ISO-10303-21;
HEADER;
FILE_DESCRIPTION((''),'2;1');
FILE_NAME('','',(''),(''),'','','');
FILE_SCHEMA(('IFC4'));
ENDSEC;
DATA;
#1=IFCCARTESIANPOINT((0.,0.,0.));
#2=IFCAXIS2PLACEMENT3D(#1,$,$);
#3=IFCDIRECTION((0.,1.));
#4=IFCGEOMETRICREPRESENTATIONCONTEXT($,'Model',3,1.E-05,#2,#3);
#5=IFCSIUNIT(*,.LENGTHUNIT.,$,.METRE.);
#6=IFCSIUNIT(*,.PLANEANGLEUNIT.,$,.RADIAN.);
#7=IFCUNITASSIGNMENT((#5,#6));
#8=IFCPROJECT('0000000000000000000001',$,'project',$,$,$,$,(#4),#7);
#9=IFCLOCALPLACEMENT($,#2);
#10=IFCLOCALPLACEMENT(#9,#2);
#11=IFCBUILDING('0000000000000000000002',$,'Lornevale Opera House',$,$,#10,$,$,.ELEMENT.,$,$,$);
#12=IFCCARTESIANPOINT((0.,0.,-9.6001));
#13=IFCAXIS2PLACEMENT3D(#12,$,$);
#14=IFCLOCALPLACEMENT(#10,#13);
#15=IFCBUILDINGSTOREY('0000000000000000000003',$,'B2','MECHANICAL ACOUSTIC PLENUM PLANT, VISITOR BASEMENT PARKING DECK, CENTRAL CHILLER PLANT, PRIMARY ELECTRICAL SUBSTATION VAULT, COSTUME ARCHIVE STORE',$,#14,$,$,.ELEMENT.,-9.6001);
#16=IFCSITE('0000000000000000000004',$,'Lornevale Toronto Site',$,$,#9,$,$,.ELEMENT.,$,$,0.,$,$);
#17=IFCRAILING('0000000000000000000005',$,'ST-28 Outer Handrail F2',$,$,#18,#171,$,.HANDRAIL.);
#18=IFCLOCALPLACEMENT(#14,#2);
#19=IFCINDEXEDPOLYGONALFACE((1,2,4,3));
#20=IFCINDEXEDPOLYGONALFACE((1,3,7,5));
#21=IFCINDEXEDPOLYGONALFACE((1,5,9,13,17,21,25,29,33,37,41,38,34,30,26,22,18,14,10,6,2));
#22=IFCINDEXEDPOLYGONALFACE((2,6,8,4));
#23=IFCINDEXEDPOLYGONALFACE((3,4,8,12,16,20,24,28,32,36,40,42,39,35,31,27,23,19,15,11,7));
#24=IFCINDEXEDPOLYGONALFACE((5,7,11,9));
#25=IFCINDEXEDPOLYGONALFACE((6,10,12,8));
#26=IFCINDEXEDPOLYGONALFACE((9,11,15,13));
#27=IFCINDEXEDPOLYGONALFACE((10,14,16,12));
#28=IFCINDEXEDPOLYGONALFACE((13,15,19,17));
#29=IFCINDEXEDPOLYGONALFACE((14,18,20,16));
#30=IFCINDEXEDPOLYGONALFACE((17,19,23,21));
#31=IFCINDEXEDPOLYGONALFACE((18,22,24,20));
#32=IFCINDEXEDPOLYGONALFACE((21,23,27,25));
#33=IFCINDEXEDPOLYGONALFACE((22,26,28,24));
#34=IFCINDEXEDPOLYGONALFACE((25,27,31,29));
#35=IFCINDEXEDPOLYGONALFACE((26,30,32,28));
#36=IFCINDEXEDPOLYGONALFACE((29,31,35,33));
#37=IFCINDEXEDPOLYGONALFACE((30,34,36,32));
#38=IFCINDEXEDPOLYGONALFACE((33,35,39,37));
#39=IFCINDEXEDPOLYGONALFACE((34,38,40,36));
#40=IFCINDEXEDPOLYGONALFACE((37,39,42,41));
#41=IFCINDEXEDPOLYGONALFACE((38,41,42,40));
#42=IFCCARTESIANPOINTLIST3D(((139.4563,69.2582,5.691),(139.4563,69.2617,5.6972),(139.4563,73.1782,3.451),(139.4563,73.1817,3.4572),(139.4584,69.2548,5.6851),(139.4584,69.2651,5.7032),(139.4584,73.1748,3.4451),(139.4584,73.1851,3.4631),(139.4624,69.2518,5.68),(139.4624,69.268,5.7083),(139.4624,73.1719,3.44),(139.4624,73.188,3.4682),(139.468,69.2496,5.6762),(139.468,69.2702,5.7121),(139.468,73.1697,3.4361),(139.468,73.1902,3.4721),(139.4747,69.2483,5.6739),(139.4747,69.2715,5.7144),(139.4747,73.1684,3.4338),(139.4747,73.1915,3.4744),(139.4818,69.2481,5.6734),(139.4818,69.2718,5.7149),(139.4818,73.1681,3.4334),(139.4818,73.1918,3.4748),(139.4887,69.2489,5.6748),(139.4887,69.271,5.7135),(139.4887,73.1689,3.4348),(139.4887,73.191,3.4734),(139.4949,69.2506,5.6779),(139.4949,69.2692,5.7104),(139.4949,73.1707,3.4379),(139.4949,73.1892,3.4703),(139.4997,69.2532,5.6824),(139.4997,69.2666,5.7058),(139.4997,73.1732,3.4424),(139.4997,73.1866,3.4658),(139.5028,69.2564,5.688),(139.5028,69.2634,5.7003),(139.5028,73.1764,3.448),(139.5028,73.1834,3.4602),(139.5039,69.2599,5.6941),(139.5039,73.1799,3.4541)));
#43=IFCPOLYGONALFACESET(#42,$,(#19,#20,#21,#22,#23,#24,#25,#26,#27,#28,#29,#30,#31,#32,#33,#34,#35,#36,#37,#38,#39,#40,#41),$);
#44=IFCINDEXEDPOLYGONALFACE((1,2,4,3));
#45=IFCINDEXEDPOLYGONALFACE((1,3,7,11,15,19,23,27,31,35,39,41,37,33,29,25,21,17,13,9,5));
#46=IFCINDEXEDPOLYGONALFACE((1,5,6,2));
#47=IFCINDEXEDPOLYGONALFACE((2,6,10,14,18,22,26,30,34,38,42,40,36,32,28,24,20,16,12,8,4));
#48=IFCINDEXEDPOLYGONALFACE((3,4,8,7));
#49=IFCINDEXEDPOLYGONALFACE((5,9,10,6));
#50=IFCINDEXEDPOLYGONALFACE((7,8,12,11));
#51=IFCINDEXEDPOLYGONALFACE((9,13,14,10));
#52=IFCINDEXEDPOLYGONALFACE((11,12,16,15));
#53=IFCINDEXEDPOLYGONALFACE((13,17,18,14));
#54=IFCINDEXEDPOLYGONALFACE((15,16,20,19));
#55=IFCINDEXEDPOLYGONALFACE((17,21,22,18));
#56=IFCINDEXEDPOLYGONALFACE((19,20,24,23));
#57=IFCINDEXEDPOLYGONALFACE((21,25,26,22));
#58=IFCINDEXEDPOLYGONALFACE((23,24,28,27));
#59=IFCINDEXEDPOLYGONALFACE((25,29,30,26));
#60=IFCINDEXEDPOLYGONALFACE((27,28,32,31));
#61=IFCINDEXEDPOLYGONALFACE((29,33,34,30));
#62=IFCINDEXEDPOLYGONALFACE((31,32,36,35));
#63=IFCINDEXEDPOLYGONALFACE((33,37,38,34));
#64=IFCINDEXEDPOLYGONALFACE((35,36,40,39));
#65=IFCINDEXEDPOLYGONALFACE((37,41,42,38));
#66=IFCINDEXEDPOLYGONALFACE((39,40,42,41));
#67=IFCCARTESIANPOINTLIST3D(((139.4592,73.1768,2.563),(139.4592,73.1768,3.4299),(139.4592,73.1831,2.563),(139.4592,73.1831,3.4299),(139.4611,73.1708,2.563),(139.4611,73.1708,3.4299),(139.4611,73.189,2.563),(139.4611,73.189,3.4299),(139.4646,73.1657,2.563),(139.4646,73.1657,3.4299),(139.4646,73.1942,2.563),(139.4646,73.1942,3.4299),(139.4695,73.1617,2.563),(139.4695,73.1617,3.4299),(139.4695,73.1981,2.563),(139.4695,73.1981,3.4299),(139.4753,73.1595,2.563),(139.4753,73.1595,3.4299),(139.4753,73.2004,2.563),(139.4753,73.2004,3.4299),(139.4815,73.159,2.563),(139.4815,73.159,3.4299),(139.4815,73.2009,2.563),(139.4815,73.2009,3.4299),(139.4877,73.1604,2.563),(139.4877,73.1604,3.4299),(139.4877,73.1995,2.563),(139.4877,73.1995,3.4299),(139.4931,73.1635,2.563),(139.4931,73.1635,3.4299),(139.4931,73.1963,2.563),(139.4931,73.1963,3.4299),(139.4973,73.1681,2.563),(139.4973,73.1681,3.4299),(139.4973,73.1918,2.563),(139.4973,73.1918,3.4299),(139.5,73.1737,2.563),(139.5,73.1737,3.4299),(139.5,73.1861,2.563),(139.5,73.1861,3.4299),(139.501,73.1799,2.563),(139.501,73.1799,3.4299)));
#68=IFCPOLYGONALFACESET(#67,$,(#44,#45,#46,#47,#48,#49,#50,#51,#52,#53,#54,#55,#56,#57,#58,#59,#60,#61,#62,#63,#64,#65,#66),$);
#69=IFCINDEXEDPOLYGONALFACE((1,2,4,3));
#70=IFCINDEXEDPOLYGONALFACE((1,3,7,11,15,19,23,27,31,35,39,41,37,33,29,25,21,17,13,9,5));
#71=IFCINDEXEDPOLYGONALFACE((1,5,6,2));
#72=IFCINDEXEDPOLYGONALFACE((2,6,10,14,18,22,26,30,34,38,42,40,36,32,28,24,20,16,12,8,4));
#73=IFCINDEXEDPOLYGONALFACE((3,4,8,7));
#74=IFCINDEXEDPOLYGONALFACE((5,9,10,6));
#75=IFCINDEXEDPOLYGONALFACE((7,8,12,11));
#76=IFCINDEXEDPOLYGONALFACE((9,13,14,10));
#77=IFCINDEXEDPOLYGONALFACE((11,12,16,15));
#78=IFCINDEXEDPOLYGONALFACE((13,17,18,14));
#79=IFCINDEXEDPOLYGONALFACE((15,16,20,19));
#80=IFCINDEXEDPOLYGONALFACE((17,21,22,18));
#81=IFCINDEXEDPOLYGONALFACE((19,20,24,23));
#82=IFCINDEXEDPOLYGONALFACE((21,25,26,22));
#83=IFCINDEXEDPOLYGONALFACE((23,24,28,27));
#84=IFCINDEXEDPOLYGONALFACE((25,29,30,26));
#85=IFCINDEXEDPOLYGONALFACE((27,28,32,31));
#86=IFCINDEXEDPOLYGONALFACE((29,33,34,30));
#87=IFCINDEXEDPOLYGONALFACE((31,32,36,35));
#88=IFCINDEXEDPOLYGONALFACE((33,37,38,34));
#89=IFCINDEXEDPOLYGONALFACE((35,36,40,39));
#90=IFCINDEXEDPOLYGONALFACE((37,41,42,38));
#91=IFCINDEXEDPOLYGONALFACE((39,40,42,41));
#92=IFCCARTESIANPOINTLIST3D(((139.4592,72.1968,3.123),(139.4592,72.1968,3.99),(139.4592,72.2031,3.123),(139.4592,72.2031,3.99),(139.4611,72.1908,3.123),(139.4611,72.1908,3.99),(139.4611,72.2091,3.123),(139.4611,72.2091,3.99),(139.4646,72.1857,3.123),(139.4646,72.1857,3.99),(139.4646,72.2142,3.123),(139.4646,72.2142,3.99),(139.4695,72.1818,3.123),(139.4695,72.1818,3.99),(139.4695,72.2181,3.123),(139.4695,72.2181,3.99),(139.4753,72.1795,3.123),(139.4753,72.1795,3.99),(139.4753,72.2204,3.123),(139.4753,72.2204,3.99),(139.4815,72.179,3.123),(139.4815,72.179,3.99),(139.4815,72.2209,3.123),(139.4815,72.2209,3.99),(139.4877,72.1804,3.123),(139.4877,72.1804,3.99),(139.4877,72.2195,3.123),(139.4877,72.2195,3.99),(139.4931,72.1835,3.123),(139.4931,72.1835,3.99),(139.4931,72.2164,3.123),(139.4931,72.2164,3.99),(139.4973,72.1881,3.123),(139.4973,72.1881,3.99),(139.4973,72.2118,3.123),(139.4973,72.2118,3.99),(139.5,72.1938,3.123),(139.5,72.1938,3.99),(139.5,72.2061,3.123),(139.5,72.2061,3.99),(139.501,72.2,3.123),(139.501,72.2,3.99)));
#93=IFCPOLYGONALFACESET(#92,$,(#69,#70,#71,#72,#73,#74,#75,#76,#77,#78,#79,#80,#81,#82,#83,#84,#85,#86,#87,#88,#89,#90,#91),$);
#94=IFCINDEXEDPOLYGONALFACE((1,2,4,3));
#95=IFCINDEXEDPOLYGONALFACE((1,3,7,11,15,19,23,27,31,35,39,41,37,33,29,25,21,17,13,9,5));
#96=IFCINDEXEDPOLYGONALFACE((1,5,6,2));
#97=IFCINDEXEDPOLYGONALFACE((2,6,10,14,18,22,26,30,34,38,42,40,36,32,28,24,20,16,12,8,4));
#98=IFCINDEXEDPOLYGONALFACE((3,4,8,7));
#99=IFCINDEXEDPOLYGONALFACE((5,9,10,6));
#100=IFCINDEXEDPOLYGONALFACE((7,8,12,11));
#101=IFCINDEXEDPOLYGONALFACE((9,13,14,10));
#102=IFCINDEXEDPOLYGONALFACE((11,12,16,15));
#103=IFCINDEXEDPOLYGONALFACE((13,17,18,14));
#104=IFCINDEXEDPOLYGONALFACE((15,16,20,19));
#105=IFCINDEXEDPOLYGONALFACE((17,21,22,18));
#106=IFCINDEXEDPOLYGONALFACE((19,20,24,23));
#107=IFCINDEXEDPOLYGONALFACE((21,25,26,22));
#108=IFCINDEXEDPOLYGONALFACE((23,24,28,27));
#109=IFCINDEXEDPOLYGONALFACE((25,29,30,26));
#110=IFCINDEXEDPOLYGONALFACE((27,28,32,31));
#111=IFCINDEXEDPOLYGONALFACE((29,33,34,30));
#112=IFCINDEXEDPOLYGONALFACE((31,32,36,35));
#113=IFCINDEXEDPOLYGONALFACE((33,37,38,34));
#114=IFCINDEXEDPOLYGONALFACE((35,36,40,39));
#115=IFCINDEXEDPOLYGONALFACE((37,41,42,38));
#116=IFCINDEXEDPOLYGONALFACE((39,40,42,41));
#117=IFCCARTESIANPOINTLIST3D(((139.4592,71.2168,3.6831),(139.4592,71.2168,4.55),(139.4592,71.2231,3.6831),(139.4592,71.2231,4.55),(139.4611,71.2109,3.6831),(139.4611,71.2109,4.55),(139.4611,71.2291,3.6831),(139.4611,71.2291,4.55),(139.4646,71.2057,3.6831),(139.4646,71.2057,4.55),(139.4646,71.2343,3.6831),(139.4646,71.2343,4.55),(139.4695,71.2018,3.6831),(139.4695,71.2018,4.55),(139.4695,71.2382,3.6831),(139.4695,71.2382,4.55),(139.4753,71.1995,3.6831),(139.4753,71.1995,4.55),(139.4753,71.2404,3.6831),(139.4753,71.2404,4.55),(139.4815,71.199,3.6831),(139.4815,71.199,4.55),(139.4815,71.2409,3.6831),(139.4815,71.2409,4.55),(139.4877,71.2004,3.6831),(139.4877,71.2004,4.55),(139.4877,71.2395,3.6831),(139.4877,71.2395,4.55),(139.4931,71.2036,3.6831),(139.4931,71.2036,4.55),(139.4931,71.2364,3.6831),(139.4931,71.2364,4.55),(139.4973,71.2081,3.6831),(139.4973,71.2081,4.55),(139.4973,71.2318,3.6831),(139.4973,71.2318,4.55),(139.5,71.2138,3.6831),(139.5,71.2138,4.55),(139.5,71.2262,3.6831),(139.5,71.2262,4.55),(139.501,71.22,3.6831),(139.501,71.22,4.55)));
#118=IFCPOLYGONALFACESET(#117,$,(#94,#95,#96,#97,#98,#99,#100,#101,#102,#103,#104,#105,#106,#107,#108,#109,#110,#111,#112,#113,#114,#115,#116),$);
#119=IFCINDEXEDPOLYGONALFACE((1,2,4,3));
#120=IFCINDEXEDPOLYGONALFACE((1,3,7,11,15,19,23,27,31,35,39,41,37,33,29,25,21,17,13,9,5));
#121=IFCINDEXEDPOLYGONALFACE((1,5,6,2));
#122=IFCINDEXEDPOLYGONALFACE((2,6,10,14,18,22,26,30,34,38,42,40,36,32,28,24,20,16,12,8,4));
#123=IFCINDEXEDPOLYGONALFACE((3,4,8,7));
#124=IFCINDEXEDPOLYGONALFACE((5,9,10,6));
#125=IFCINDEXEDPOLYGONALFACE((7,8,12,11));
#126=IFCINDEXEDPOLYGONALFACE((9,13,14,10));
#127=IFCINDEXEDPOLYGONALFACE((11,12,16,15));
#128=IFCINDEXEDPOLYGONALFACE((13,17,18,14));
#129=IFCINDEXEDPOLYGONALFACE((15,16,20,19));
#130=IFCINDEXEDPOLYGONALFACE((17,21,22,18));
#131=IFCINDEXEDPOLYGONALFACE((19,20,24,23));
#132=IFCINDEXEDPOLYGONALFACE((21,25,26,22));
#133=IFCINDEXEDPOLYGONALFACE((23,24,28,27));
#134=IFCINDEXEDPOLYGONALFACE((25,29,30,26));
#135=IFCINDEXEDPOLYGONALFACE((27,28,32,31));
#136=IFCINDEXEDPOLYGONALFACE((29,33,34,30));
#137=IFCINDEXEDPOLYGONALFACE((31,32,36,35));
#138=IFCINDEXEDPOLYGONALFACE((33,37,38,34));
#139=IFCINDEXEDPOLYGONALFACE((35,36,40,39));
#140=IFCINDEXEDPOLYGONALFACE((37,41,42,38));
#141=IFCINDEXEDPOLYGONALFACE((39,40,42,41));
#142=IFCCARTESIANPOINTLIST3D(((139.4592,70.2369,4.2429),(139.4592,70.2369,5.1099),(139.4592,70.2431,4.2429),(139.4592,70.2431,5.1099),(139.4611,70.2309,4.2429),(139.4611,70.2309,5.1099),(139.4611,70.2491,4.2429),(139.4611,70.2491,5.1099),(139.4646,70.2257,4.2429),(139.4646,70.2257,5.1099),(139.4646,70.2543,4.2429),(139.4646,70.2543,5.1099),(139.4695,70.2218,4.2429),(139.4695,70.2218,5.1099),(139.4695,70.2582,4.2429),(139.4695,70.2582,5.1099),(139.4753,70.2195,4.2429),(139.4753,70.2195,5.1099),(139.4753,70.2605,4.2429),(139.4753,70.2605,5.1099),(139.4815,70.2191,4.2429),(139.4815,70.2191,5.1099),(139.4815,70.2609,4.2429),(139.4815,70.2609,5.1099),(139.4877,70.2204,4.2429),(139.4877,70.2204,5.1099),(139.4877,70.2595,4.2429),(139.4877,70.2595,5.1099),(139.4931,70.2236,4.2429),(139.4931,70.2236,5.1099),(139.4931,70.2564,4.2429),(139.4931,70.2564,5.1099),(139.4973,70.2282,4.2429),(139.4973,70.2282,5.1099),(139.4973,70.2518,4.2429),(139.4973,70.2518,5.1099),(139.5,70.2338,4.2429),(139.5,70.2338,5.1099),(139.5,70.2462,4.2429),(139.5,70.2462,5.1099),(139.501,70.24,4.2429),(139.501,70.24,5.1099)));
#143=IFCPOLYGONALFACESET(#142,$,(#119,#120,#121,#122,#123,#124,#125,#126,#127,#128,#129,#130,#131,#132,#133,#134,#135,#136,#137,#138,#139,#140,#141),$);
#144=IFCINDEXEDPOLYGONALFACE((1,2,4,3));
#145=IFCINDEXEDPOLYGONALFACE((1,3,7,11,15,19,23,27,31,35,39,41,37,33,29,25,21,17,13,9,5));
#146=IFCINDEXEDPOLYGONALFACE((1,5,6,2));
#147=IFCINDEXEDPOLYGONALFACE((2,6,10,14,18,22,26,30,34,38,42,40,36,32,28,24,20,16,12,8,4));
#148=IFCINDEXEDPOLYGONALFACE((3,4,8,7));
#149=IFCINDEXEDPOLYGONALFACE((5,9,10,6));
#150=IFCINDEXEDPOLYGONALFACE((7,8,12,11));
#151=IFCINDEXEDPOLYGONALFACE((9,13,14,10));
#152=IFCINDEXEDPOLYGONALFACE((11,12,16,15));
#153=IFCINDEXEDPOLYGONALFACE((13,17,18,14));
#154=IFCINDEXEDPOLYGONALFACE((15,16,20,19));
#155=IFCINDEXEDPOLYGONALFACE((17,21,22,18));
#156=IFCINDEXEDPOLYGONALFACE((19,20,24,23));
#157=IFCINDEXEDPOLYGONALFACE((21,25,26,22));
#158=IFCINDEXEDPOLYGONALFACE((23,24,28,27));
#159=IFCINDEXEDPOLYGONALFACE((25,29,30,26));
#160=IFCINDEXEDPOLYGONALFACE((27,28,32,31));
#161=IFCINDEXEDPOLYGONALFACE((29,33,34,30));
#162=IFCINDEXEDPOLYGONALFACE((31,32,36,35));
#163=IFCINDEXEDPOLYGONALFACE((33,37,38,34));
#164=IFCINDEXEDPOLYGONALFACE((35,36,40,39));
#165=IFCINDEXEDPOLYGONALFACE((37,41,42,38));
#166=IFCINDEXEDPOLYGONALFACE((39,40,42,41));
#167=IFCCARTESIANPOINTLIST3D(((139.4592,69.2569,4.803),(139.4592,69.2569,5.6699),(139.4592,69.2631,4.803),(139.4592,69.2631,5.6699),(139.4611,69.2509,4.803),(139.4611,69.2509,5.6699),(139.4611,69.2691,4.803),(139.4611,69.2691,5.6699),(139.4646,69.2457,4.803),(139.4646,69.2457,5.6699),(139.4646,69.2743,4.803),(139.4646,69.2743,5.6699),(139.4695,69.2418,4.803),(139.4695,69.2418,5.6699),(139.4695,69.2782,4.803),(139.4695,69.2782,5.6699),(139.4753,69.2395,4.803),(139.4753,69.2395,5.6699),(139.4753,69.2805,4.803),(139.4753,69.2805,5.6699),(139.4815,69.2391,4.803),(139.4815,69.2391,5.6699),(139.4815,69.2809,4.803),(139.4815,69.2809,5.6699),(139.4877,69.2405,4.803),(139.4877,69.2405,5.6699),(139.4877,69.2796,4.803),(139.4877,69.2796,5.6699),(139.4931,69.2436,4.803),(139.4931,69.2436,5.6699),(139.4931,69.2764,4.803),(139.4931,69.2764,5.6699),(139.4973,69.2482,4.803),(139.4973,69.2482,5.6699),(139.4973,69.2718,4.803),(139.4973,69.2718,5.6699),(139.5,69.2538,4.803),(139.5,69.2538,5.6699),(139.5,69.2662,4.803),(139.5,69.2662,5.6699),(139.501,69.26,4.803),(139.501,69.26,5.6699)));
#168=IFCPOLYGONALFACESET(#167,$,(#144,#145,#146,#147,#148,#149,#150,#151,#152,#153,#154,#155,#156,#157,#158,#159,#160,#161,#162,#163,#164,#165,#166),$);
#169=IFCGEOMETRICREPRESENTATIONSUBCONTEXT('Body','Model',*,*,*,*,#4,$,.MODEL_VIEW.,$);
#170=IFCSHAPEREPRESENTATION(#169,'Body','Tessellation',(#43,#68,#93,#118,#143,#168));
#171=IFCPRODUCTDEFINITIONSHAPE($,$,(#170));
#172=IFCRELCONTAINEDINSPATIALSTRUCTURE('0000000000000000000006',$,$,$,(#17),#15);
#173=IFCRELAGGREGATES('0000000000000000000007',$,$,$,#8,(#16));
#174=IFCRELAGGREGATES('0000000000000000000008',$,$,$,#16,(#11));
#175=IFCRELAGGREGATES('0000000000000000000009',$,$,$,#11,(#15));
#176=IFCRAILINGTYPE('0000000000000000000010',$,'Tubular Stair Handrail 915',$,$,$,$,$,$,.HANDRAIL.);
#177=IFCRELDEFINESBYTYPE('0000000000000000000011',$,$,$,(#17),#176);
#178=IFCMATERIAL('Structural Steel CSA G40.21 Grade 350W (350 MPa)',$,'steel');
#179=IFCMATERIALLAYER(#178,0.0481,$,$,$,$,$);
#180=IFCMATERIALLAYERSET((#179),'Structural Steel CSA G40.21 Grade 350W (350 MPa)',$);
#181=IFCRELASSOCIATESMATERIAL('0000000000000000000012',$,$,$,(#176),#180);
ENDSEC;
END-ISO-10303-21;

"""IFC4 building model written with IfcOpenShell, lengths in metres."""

from ifc_helpers import new_model, si_unit, direction, frame, origin, origin_2d, place, context, subcontext, project, spatial, circle, extrude, material, layer, layer_set, type_object, element, save


model = new_model("IFC4")

# Units and contexts
model_context = context("Model", 3, precision=1e-05, world=origin(), true_north=direction((0.0, 1.0)))
body_context = subcontext(model_context, "Body", "Model", "MODEL_VIEW")
ifc_project = project(units=[si_unit("LENGTHUNIT", "METRE"), si_unit("PLANEANGLEUNIT", "RADIAN")], contexts=[model_context])

# Site, building, storey
site_placement = place(None, origin())
site = spatial("IfcSite", under=ifc_project, at=site_placement, Name="Lornevale Toronto Site", CompositionType="ELEMENT", RefElevation=0.0)
building_placement = place(site_placement, origin())
building = spatial("IfcBuilding", under=site, at=building_placement, Name="Lornevale Opera House", CompositionType="ELEMENT")
storey_placement = place(building_placement, frame((0.0, 0.0, -9.6001)))
storey = spatial("IfcBuildingStorey", under=building, at=storey_placement, Name="B2", Description="MECHANICAL ACOUSTIC PLENUM PLANT, VISITOR BASEMENT PARKING DECK, CENTRAL CHILLER PLANT, PRIMARY ELECTRICAL SUBSTATION VAULT, COSTUME ARCHIVE STORE", CompositionType="ELEMENT", Elevation=-9.6001)

# Railing
ifc_material_1 = material(Name="Structural Steel CSA G40.21 Grade 350W (350 MPa)", Category="steel")
ifc_layer_1 = layer(ifc_material_1, 0.0481)
ifc_layer_set_1 = layer_set([ifc_layer_1], Name="Structural Steel CSA G40.21 Grade 350W (350 MPa)")
railing_type_1 = type_object("IfcRailingType", Name="Tubular Stair Handrail 915", PredefinedType="HANDRAIL", material=ifc_layer_set_1)
railing_1_placement = place(storey_placement, frame((139.48, 73.1799, 2.563)))
element("IfcRailing", 1, at=railing_1_placement, inside=storey, type_object=railing_type_1, Name="ST-28 Outer Handrail F2", PredefinedType="HANDRAIL", context=body_context, shape_type="SweptSolid", body=[
    extrude(circle(Radius=0.0239, at=origin_2d()), frame((0.0, 0.0, 0.8911), z_axis=(0.0, -0.86824, 0.496145), x_axis=(1.0, 0.0, 0.0)), (0.0, 0.0, 1.0), 4.5149),
    extrude(circle(Radius=0.021, at=origin_2d()), origin(), (0.0, 0.0, 1.0), 0.8669),
    extrude(circle(Radius=0.021, at=origin_2d()), frame((0.0, -0.98, 0.5601)), (0.0, 0.0, 1.0), 0.8669),
    extrude(circle(Radius=0.021, at=origin_2d()), frame((0.0, -1.96, 1.1201)), (0.0, 0.0, 1.0), 0.8669),
    extrude(circle(Radius=0.021, at=origin_2d()), frame((0.0, -2.9399, 1.6799)), (0.0, 0.0, 1.0), 0.8669),
    extrude(circle(Radius=0.021, at=origin_2d()), frame((0.0, -3.9199, 2.24)), (0.0, 0.0, 1.0), 0.8669),
])

save(model, "model.ifc")
